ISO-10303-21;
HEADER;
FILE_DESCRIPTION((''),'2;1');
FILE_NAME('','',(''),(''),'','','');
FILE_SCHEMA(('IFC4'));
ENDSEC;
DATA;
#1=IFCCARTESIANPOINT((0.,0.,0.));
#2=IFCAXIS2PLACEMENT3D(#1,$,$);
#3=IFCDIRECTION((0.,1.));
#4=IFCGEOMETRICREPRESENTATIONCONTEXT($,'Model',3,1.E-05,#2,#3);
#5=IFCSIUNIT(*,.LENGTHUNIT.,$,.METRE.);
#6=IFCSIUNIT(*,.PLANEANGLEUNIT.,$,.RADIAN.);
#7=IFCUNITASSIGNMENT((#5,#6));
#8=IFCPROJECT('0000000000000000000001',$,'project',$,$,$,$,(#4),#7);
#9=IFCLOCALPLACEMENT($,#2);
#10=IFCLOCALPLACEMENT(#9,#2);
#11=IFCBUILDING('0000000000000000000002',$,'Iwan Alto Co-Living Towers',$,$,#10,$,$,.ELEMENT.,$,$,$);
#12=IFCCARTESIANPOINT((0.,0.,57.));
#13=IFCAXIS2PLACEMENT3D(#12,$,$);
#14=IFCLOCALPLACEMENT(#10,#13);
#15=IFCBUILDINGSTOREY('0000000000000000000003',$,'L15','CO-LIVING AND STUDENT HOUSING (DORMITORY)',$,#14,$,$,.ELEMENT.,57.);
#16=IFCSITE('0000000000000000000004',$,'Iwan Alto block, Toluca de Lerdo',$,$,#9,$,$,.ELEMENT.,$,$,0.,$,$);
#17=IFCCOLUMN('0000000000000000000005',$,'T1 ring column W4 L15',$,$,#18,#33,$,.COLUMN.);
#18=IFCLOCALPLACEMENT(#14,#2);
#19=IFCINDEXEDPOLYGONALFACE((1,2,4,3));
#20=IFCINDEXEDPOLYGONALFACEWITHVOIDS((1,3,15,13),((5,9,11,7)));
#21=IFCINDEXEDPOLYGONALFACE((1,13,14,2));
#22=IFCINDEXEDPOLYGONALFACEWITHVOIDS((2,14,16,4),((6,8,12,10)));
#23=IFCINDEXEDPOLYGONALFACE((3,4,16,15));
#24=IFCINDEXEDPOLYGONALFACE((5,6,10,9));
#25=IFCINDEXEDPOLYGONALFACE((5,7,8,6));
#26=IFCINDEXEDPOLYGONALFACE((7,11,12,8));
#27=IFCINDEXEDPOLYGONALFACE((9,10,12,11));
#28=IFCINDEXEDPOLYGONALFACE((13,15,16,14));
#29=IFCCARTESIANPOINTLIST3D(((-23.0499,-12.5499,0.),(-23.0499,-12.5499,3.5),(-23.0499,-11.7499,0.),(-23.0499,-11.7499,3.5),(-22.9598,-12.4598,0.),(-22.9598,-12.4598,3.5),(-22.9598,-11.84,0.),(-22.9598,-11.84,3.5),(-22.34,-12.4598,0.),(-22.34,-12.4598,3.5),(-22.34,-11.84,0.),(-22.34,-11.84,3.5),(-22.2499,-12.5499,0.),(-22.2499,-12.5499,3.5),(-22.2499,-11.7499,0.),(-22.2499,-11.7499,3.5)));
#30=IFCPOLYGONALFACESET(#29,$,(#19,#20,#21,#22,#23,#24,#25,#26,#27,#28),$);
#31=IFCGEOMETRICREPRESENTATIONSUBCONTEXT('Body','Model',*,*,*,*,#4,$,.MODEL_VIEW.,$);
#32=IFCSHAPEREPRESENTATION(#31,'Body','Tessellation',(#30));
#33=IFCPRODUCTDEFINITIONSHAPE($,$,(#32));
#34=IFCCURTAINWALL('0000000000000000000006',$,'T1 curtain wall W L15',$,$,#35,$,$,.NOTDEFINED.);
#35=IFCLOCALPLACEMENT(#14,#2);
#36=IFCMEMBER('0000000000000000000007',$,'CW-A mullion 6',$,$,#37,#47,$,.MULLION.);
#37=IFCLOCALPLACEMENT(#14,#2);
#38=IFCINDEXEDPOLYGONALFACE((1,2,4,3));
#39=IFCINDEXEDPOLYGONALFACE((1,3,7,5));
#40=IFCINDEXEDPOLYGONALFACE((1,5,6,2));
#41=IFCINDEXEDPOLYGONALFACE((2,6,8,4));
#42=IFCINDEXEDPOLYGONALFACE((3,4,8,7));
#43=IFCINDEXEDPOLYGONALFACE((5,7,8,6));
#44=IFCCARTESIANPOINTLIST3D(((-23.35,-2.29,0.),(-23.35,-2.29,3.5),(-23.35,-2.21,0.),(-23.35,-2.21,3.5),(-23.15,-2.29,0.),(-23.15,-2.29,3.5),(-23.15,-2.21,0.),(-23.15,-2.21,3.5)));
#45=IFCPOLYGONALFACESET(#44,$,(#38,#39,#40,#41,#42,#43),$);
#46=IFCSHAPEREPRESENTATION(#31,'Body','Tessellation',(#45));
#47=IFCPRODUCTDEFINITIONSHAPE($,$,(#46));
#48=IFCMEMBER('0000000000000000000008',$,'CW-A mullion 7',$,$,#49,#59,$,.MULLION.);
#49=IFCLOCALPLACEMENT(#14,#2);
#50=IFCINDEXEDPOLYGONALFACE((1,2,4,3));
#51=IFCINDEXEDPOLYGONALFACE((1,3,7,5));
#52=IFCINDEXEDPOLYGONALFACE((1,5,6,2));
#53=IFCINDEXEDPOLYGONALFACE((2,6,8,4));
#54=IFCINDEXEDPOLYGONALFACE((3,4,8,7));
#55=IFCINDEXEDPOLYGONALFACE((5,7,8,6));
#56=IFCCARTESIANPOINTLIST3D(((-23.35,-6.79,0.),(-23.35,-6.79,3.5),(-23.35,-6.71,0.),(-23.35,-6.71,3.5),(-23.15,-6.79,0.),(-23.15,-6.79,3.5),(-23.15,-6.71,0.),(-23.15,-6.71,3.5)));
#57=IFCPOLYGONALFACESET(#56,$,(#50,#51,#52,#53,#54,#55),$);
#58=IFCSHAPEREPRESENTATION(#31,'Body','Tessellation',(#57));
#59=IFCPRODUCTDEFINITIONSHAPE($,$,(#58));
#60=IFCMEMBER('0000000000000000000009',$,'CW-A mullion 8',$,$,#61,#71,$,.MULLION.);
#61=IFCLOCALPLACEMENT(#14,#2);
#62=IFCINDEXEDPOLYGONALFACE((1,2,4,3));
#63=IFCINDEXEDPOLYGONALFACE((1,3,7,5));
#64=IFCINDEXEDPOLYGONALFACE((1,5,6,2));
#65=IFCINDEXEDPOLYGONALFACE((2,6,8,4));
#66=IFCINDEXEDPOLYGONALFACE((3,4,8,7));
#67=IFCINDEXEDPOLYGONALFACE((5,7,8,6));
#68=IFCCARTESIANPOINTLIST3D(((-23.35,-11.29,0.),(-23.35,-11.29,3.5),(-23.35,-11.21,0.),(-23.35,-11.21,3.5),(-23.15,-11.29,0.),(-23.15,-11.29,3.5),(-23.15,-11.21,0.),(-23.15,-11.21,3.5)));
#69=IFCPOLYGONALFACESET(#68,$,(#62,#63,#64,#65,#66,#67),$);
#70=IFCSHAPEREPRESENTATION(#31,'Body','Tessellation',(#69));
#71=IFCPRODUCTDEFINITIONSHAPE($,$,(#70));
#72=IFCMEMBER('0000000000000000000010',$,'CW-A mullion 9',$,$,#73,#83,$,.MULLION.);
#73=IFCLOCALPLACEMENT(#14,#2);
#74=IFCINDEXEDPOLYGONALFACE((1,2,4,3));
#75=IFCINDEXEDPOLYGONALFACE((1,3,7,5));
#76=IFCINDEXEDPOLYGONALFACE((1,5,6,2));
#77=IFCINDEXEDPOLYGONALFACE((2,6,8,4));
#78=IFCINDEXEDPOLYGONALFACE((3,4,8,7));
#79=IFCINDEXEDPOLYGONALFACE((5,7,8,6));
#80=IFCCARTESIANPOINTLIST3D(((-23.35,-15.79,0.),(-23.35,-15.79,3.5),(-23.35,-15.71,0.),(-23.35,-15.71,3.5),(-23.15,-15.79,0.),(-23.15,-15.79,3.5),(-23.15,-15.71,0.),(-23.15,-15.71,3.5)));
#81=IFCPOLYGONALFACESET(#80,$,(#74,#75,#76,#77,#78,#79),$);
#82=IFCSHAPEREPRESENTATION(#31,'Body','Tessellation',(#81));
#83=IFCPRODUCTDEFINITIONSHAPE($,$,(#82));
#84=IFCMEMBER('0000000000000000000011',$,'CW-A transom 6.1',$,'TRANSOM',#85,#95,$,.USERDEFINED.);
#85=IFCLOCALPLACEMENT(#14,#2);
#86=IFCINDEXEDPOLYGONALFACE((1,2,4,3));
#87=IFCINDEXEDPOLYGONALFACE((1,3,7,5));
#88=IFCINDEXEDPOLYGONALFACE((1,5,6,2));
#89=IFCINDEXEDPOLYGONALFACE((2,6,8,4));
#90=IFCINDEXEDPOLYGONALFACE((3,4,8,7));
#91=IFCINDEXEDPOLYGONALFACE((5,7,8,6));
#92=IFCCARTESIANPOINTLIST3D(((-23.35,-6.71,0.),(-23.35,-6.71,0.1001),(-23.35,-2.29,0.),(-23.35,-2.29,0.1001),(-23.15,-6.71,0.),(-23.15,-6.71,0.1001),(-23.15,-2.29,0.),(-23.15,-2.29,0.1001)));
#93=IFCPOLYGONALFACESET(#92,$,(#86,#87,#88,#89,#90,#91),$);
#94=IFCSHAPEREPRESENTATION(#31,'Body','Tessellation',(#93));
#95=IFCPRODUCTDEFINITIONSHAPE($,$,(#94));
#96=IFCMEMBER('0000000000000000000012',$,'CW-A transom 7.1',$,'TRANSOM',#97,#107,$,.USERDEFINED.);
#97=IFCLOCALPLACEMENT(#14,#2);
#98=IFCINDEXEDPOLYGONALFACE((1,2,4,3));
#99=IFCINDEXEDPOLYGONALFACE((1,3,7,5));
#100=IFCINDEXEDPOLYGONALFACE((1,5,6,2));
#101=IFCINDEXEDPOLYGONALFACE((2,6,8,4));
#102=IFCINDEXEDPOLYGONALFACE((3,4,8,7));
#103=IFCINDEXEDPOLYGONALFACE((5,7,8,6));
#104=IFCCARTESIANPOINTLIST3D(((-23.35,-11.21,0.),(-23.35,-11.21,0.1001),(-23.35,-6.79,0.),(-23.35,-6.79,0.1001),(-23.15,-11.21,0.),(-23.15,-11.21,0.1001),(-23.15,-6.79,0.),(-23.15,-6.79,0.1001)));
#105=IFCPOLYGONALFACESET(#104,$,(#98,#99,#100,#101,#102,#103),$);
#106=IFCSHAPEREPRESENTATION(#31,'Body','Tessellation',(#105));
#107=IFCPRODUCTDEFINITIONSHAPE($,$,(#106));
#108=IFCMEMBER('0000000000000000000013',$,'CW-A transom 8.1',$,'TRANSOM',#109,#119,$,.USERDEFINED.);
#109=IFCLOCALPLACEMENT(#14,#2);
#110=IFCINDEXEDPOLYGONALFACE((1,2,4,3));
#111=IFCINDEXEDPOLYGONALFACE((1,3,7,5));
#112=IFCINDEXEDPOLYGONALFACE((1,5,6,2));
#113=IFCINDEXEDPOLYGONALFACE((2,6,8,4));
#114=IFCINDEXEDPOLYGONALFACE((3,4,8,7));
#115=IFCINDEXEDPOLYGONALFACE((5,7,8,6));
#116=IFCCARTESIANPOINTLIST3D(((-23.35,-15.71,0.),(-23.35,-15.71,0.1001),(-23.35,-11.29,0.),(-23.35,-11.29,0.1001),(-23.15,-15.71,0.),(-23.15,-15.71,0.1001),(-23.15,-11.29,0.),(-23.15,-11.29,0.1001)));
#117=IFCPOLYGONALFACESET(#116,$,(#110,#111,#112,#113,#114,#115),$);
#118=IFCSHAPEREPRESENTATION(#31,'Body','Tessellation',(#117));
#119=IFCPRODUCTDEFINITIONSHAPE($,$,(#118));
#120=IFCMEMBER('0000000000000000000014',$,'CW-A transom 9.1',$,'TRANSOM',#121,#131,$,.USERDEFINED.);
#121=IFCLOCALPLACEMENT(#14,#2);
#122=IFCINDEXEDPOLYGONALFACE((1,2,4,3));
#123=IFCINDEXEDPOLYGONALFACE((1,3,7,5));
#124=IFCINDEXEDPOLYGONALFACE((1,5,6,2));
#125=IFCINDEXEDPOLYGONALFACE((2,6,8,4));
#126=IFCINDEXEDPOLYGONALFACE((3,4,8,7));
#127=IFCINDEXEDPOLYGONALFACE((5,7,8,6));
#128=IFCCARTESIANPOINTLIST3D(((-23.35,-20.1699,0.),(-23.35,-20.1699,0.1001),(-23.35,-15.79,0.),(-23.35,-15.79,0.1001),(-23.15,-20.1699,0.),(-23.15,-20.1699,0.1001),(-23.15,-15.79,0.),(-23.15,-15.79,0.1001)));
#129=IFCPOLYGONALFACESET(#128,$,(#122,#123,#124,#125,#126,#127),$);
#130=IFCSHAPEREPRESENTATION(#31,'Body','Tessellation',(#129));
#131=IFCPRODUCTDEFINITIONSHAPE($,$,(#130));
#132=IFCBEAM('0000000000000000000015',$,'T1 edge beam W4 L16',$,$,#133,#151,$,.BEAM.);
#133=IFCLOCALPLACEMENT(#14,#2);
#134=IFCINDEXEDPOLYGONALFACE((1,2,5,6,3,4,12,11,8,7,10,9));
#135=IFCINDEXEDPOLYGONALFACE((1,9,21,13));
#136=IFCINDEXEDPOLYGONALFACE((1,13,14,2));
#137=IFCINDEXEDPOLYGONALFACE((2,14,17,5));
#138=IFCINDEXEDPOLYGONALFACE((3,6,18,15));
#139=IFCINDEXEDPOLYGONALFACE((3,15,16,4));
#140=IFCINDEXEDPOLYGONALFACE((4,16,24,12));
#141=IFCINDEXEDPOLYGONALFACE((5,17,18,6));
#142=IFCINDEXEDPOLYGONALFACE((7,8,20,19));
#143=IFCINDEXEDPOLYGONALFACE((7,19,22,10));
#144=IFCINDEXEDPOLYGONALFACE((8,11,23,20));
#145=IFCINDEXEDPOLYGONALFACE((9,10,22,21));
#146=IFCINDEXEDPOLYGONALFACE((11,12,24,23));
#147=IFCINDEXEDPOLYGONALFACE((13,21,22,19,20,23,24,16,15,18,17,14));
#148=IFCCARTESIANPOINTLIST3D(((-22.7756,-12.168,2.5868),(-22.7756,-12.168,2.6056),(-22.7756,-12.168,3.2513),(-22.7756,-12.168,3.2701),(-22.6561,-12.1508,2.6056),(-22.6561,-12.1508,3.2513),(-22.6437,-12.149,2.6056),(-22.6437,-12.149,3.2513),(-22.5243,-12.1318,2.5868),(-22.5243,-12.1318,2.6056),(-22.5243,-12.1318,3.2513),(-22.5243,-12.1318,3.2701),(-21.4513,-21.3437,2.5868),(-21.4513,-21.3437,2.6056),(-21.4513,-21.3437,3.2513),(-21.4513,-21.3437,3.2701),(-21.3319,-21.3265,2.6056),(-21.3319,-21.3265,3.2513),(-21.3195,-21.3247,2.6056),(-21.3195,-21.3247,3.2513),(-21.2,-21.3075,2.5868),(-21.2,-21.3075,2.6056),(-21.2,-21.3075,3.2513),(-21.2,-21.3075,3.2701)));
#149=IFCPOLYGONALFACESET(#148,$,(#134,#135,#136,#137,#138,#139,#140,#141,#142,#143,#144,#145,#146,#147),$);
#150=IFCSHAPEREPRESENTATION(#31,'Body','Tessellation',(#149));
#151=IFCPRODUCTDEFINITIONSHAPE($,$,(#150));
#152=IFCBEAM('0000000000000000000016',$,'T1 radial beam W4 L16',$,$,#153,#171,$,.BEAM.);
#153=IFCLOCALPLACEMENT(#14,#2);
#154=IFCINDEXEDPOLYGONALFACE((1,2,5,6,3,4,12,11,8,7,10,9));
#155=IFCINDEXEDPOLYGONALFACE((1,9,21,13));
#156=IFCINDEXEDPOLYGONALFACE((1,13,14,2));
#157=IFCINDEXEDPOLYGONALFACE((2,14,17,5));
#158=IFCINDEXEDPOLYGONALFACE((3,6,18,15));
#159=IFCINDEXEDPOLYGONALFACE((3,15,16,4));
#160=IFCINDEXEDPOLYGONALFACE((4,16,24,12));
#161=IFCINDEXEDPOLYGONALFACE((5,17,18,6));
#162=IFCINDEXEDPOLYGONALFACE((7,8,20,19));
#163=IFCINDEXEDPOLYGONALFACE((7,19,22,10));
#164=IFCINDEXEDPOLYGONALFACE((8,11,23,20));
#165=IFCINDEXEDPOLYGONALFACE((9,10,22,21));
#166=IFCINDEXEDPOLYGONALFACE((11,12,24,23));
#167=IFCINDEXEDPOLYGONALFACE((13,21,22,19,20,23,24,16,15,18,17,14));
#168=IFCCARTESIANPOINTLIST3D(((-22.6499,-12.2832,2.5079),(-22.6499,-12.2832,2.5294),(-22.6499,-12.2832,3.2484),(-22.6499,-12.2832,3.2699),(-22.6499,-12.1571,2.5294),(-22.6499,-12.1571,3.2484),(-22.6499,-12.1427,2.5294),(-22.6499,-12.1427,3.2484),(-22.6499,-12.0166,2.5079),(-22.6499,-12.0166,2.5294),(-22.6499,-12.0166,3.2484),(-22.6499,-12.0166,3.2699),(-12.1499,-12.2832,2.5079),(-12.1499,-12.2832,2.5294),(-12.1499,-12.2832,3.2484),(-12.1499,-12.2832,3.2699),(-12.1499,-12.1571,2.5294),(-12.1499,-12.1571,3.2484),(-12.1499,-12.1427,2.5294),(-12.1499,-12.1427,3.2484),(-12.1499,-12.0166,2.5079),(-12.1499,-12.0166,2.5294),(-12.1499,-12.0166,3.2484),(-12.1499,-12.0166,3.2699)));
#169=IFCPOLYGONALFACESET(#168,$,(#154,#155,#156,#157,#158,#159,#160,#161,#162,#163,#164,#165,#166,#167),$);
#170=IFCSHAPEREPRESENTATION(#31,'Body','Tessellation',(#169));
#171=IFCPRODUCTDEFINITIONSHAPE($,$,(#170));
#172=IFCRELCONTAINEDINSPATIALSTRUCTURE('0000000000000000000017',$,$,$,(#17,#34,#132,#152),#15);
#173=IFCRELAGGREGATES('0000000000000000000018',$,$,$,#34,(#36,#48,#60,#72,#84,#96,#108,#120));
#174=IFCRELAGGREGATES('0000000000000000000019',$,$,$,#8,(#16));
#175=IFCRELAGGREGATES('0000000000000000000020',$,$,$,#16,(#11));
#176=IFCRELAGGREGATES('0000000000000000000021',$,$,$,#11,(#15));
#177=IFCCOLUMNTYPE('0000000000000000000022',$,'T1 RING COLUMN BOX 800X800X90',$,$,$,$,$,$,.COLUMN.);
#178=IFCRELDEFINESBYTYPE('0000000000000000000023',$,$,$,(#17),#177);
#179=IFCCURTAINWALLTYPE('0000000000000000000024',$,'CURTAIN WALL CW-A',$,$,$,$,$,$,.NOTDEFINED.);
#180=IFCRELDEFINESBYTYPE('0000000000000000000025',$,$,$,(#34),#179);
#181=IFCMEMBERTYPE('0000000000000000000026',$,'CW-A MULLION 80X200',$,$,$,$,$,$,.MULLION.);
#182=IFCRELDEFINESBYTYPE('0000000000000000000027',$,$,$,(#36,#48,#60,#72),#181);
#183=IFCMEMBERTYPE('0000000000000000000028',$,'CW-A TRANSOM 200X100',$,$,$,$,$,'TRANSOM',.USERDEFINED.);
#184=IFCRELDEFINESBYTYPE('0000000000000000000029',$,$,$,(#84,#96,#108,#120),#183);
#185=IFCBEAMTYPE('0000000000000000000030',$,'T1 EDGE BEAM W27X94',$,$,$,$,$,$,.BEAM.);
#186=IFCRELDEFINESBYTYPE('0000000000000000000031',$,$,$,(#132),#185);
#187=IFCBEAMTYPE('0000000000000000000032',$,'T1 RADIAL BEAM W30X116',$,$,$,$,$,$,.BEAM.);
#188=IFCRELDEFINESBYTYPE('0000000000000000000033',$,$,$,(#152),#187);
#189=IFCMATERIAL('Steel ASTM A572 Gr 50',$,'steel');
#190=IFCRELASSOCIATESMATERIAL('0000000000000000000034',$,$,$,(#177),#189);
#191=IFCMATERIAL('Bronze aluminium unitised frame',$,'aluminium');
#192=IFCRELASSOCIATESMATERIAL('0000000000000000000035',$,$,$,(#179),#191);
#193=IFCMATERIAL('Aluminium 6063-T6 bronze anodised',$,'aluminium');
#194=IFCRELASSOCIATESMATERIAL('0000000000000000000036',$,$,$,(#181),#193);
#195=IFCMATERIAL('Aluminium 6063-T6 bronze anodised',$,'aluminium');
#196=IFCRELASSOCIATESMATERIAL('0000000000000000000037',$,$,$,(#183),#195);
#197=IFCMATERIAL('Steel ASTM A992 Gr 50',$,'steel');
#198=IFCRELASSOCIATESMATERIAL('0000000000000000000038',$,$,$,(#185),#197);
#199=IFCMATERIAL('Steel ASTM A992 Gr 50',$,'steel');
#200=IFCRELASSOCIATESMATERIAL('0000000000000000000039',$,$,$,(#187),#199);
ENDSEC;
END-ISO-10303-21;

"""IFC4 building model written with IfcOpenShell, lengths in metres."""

from ifc_helpers import new_model, si_unit, direction, frame, origin, origin_2d, place, context, subcontext, project, spatial, rectangle, hollow_rectangle, i_section, extrude, material, material_profile, profile_set, type_object, element, aggregate, save


model = new_model("IFC4")

# Units and contexts
model_context = context("Model", 3, precision=1e-05, world=origin(), true_north=direction((0.0, 1.0)))
body_context = subcontext(model_context, "Body", "Model", "MODEL_VIEW")
ifc_project = project(units=[si_unit("LENGTHUNIT", "METRE"), si_unit("PLANEANGLEUNIT", "RADIAN")], contexts=[model_context])

# Site, building, storey
site_placement = place(None, origin())
site = spatial("IfcSite", under=ifc_project, at=site_placement, Name="Iwan Alto block, Toluca de Lerdo", CompositionType="ELEMENT", RefElevation=0.0)
building_placement = place(site_placement, origin())
building = spatial("IfcBuilding", under=site, at=building_placement, Name="Iwan Alto Co-Living Towers", CompositionType="ELEMENT")
storey_placement = place(building_placement, frame((0.0, 0.0, 57.0)))
storey = spatial("IfcBuildingStorey", under=building, at=storey_placement, Name="L15", Description="CO-LIVING AND STUDENT HOUSING (DORMITORY)", CompositionType="ELEMENT", Elevation=57.0)

# Column
ifc_material_1 = material(Name="Steel ASTM A572 Gr 50", Category="steel")
ifc_material_profile_1 = material_profile(ifc_material_1, hollow_rectangle(XDim=0.8, YDim=0.8, WallThickness=0.0901, at=origin_2d()), Name="BOX 800X800X90")
ifc_profile_set_1 = profile_set([ifc_material_profile_1], Name="Steel ASTM A572 Gr 50")
column_type = type_object("IfcColumnType", Name="T1 RING COLUMN BOX 800X800X90", PredefinedType="COLUMN", material=ifc_profile_set_1)
column_placement = place(storey_placement, frame((-22.6499, -12.1499, 0.0), z_axis=(0.0, 0.0, 1.0), x_axis=(1.0, 0.0, 0.0)))
element("IfcColumn", 1, at=column_placement, inside=storey, type_object=column_type, Name="T1 ring column W4 L15", PredefinedType="COLUMN", context=body_context, shape_type="SweptSolid", body=[
    extrude(hollow_rectangle(XDim=0.8, YDim=0.8, WallThickness=0.0901, at=origin_2d()), origin(), (0.0, 0.0, 1.0), 3.5),
])

# Curtain wall, members
ifc_material_2 = material(Name="Bronze aluminium unitised frame", Category="aluminium")
curtain_wall_type = type_object("IfcCurtainWallType", Name="CURTAIN WALL CW-A", PredefinedType="NOTDEFINED", material=ifc_material_2)
curtain_wall_placement = place(storey_placement, origin())
curtain_wall = element("IfcCurtainWall", 2, at=curtain_wall_placement, inside=storey, type_object=curtain_wall_type, Name="T1 curtain wall W L15", PredefinedType="NOTDEFINED")
ifc_material_3 = material(Name="Aluminium 6063-T6 bronze anodised", Category="aluminium")
ifc_material_profile_2 = material_profile(ifc_material_3, rectangle(XDim=0.2, YDim=0.0801, at=origin_2d()), Name="AL 80X200")
ifc_profile_set_2 = profile_set([ifc_material_profile_2], Name="Aluminium 6063-T6 bronze anodised")
member_type_1 = type_object("IfcMemberType", Name="CW-A MULLION 80X200", PredefinedType="MULLION", material=ifc_profile_set_2)
member_1_placement = place(storey_placement, frame((-23.25, -2.25, 0.0), z_axis=(0.0, 0.0, 1.0), x_axis=(1.0, 0.0, 0.0)))
member_1 = element("IfcMember", 3, at=member_1_placement, type_object=member_type_1, Name="CW-A mullion 6", PredefinedType="MULLION", context=body_context, shape_type="SweptSolid", body=[
    extrude(rectangle(XDim=0.2, YDim=0.0801, at=origin_2d()), origin(), (0.0, 0.0, 1.0), 3.5),
])
member_2_placement = place(storey_placement, frame((-23.25, -6.75, 0.0), z_axis=(0.0, 0.0, 1.0), x_axis=(1.0, 0.0, 0.0)))
member_2 = element("IfcMember", 4, at=member_2_placement, type_object=member_type_1, Name="CW-A mullion 7", PredefinedType="MULLION", context=body_context, shape_type="SweptSolid", body=[
    extrude(rectangle(XDim=0.2, YDim=0.0801, at=origin_2d()), origin(), (0.0, 0.0, 1.0), 3.5),
])
member_3_placement = place(storey_placement, frame((-23.25, -11.25, 0.0), z_axis=(0.0, 0.0, 1.0), x_axis=(1.0, 0.0, 0.0)))
member_3 = element("IfcMember", 5, at=member_3_placement, type_object=member_type_1, Name="CW-A mullion 8", PredefinedType="MULLION", context=body_context, shape_type="SweptSolid", body=[
    extrude(rectangle(XDim=0.2, YDim=0.0801, at=origin_2d()), origin(), (0.0, 0.0, 1.0), 3.5),
])
member_4_placement = place(storey_placement, frame((-23.25, -15.75, 0.0), z_axis=(0.0, 0.0, 1.0), x_axis=(1.0, 0.0, 0.0)))
member_4 = element("IfcMember", 6, at=member_4_placement, type_object=member_type_1, Name="CW-A mullion 9", PredefinedType="MULLION", context=body_context, shape_type="SweptSolid", body=[
    extrude(rectangle(XDim=0.2, YDim=0.0801, at=origin_2d()), origin(), (0.0, 0.0, 1.0), 3.5),
])
ifc_material_4 = material(Name="Aluminium 6063-T6 bronze anodised", Category="aluminium")
ifc_material_profile_3 = material_profile(ifc_material_4, rectangle(XDim=0.2, YDim=0.1001, at=origin_2d()), Name="AL 200X100")
ifc_profile_set_3 = profile_set([ifc_material_profile_3], Name="Aluminium 6063-T6 bronze anodised")
member_type_2 = type_object("IfcMemberType", Name="CW-A TRANSOM 200X100", ElementType="TRANSOM", PredefinedType="USERDEFINED", material=ifc_profile_set_3)
member_5_placement = place(storey_placement, frame((-23.25, -2.29, 0.05), z_axis=(0.0, -1.0, 0.0), x_axis=(1.0, 0.0, 0.0)))
member_5 = element("IfcMember", 7, at=member_5_placement, type_object=member_type_2, Name="CW-A transom 6.1", ObjectType="TRANSOM", PredefinedType="USERDEFINED", context=body_context, shape_type="SweptSolid", body=[
    extrude(rectangle(XDim=0.2, YDim=0.1001, at=origin_2d()), origin(), (0.0, 0.0, 1.0), 4.4199),
])
member_6_placement = place(storey_placement, frame((-23.25, -6.79, 0.05), z_axis=(0.0, -1.0, 0.0), x_axis=(1.0, 0.0, 0.0)))
member_6 = element("IfcMember", 8, at=member_6_placement, type_object=member_type_2, Name="CW-A transom 7.1", ObjectType="TRANSOM", PredefinedType="USERDEFINED", context=body_context, shape_type="SweptSolid", body=[
    extrude(rectangle(XDim=0.2, YDim=0.1001, at=origin_2d()), origin(), (0.0, 0.0, 1.0), 4.4199),
])
member_7_placement = place(storey_placement, frame((-23.25, -11.29, 0.05), z_axis=(0.0, -1.0, 0.0), x_axis=(1.0, 0.0, 0.0)))
member_7 = element("IfcMember", 9, at=member_7_placement, type_object=member_type_2, Name="CW-A transom 8.1", ObjectType="TRANSOM", PredefinedType="USERDEFINED", context=body_context, shape_type="SweptSolid", body=[
    extrude(rectangle(XDim=0.2, YDim=0.1001, at=origin_2d()), origin(), (0.0, 0.0, 1.0), 4.4199),
])
member_8_placement = place(storey_placement, frame((-23.25, -15.79, 0.05), z_axis=(0.0, -1.0, 0.0), x_axis=(1.0, 0.0, 0.0)))
member_8 = element("IfcMember", 10, at=member_8_placement, type_object=member_type_2, Name="CW-A transom 9.1", ObjectType="TRANSOM", PredefinedType="USERDEFINED", context=body_context, shape_type="SweptSolid", body=[
    extrude(rectangle(XDim=0.2, YDim=0.1001, at=origin_2d()), origin(), (0.0, 0.0, 1.0), 4.3799),
])

# Beams
ifc_material_5 = material(Name="Steel ASTM A992 Gr 50", Category="steel")
ifc_material_profile_4 = material_profile(ifc_material_5, i_section(OverallWidth=0.2539, OverallDepth=0.6833, WebThickness=0.0125, FlangeThickness=0.0188, at=origin_2d()), Name="W27X94")
ifc_profile_set_4 = profile_set([ifc_material_profile_4], Name="Steel ASTM A992 Gr 50")
beam_type_1 = type_object("IfcBeamType", Name="T1 EDGE BEAM W27X94", PredefinedType="BEAM", material=ifc_profile_set_4)
beam_1_placement = place(storey_placement, frame((-22.6499, -12.1499, 2.9285), z_axis=(0.142837, -0.989746, 0.0), x_axis=(0.989746, 0.142837, 0.0)))
element("IfcBeam", 11, at=beam_1_placement, inside=storey, type_object=beam_type_1, Name="T1 edge beam W4 L16", PredefinedType="BEAM", context=body_context, shape_type="SweptSolid", body=[
    extrude(i_section(OverallWidth=0.2539, OverallDepth=0.6833, WebThickness=0.0125, FlangeThickness=0.0188, at=origin_2d()), origin(), (0.0, 0.0, 1.0), 9.2708),
])
ifc_material_6 = material(Name="Steel ASTM A992 Gr 50", Category="steel")
ifc_material_profile_5 = material_profile(ifc_material_6, i_section(OverallWidth=0.2666, OverallDepth=0.762, WebThickness=0.0144, FlangeThickness=0.0215, at=origin_2d()), Name="W30X116")
ifc_profile_set_5 = profile_set([ifc_material_profile_5], Name="Steel ASTM A992 Gr 50")
beam_type_2 = type_object("IfcBeamType", Name="T1 RADIAL BEAM W30X116", PredefinedType="BEAM", material=ifc_profile_set_5)
beam_2_placement = place(storey_placement, frame((-22.6499, -12.1499, 2.8889), z_axis=(1.0, 0.0, 0.0), x_axis=(0.0, 1.0, 0.0)))
element("IfcBeam", 12, at=beam_2_placement, inside=storey, type_object=beam_type_2, Name="T1 radial beam W4 L16", PredefinedType="BEAM", context=body_context, shape_type="SweptSolid", body=[
    extrude(i_section(OverallWidth=0.2666, OverallDepth=0.762, WebThickness=0.0144, FlangeThickness=0.0215, at=origin_2d()), origin(), (0.0, 0.0, 1.0), 10.5),
])

aggregate(curtain_wall, [member_1, member_2, member_3, member_4, member_5, member_6, member_7, member_8])

save(model, "model.ifc")
